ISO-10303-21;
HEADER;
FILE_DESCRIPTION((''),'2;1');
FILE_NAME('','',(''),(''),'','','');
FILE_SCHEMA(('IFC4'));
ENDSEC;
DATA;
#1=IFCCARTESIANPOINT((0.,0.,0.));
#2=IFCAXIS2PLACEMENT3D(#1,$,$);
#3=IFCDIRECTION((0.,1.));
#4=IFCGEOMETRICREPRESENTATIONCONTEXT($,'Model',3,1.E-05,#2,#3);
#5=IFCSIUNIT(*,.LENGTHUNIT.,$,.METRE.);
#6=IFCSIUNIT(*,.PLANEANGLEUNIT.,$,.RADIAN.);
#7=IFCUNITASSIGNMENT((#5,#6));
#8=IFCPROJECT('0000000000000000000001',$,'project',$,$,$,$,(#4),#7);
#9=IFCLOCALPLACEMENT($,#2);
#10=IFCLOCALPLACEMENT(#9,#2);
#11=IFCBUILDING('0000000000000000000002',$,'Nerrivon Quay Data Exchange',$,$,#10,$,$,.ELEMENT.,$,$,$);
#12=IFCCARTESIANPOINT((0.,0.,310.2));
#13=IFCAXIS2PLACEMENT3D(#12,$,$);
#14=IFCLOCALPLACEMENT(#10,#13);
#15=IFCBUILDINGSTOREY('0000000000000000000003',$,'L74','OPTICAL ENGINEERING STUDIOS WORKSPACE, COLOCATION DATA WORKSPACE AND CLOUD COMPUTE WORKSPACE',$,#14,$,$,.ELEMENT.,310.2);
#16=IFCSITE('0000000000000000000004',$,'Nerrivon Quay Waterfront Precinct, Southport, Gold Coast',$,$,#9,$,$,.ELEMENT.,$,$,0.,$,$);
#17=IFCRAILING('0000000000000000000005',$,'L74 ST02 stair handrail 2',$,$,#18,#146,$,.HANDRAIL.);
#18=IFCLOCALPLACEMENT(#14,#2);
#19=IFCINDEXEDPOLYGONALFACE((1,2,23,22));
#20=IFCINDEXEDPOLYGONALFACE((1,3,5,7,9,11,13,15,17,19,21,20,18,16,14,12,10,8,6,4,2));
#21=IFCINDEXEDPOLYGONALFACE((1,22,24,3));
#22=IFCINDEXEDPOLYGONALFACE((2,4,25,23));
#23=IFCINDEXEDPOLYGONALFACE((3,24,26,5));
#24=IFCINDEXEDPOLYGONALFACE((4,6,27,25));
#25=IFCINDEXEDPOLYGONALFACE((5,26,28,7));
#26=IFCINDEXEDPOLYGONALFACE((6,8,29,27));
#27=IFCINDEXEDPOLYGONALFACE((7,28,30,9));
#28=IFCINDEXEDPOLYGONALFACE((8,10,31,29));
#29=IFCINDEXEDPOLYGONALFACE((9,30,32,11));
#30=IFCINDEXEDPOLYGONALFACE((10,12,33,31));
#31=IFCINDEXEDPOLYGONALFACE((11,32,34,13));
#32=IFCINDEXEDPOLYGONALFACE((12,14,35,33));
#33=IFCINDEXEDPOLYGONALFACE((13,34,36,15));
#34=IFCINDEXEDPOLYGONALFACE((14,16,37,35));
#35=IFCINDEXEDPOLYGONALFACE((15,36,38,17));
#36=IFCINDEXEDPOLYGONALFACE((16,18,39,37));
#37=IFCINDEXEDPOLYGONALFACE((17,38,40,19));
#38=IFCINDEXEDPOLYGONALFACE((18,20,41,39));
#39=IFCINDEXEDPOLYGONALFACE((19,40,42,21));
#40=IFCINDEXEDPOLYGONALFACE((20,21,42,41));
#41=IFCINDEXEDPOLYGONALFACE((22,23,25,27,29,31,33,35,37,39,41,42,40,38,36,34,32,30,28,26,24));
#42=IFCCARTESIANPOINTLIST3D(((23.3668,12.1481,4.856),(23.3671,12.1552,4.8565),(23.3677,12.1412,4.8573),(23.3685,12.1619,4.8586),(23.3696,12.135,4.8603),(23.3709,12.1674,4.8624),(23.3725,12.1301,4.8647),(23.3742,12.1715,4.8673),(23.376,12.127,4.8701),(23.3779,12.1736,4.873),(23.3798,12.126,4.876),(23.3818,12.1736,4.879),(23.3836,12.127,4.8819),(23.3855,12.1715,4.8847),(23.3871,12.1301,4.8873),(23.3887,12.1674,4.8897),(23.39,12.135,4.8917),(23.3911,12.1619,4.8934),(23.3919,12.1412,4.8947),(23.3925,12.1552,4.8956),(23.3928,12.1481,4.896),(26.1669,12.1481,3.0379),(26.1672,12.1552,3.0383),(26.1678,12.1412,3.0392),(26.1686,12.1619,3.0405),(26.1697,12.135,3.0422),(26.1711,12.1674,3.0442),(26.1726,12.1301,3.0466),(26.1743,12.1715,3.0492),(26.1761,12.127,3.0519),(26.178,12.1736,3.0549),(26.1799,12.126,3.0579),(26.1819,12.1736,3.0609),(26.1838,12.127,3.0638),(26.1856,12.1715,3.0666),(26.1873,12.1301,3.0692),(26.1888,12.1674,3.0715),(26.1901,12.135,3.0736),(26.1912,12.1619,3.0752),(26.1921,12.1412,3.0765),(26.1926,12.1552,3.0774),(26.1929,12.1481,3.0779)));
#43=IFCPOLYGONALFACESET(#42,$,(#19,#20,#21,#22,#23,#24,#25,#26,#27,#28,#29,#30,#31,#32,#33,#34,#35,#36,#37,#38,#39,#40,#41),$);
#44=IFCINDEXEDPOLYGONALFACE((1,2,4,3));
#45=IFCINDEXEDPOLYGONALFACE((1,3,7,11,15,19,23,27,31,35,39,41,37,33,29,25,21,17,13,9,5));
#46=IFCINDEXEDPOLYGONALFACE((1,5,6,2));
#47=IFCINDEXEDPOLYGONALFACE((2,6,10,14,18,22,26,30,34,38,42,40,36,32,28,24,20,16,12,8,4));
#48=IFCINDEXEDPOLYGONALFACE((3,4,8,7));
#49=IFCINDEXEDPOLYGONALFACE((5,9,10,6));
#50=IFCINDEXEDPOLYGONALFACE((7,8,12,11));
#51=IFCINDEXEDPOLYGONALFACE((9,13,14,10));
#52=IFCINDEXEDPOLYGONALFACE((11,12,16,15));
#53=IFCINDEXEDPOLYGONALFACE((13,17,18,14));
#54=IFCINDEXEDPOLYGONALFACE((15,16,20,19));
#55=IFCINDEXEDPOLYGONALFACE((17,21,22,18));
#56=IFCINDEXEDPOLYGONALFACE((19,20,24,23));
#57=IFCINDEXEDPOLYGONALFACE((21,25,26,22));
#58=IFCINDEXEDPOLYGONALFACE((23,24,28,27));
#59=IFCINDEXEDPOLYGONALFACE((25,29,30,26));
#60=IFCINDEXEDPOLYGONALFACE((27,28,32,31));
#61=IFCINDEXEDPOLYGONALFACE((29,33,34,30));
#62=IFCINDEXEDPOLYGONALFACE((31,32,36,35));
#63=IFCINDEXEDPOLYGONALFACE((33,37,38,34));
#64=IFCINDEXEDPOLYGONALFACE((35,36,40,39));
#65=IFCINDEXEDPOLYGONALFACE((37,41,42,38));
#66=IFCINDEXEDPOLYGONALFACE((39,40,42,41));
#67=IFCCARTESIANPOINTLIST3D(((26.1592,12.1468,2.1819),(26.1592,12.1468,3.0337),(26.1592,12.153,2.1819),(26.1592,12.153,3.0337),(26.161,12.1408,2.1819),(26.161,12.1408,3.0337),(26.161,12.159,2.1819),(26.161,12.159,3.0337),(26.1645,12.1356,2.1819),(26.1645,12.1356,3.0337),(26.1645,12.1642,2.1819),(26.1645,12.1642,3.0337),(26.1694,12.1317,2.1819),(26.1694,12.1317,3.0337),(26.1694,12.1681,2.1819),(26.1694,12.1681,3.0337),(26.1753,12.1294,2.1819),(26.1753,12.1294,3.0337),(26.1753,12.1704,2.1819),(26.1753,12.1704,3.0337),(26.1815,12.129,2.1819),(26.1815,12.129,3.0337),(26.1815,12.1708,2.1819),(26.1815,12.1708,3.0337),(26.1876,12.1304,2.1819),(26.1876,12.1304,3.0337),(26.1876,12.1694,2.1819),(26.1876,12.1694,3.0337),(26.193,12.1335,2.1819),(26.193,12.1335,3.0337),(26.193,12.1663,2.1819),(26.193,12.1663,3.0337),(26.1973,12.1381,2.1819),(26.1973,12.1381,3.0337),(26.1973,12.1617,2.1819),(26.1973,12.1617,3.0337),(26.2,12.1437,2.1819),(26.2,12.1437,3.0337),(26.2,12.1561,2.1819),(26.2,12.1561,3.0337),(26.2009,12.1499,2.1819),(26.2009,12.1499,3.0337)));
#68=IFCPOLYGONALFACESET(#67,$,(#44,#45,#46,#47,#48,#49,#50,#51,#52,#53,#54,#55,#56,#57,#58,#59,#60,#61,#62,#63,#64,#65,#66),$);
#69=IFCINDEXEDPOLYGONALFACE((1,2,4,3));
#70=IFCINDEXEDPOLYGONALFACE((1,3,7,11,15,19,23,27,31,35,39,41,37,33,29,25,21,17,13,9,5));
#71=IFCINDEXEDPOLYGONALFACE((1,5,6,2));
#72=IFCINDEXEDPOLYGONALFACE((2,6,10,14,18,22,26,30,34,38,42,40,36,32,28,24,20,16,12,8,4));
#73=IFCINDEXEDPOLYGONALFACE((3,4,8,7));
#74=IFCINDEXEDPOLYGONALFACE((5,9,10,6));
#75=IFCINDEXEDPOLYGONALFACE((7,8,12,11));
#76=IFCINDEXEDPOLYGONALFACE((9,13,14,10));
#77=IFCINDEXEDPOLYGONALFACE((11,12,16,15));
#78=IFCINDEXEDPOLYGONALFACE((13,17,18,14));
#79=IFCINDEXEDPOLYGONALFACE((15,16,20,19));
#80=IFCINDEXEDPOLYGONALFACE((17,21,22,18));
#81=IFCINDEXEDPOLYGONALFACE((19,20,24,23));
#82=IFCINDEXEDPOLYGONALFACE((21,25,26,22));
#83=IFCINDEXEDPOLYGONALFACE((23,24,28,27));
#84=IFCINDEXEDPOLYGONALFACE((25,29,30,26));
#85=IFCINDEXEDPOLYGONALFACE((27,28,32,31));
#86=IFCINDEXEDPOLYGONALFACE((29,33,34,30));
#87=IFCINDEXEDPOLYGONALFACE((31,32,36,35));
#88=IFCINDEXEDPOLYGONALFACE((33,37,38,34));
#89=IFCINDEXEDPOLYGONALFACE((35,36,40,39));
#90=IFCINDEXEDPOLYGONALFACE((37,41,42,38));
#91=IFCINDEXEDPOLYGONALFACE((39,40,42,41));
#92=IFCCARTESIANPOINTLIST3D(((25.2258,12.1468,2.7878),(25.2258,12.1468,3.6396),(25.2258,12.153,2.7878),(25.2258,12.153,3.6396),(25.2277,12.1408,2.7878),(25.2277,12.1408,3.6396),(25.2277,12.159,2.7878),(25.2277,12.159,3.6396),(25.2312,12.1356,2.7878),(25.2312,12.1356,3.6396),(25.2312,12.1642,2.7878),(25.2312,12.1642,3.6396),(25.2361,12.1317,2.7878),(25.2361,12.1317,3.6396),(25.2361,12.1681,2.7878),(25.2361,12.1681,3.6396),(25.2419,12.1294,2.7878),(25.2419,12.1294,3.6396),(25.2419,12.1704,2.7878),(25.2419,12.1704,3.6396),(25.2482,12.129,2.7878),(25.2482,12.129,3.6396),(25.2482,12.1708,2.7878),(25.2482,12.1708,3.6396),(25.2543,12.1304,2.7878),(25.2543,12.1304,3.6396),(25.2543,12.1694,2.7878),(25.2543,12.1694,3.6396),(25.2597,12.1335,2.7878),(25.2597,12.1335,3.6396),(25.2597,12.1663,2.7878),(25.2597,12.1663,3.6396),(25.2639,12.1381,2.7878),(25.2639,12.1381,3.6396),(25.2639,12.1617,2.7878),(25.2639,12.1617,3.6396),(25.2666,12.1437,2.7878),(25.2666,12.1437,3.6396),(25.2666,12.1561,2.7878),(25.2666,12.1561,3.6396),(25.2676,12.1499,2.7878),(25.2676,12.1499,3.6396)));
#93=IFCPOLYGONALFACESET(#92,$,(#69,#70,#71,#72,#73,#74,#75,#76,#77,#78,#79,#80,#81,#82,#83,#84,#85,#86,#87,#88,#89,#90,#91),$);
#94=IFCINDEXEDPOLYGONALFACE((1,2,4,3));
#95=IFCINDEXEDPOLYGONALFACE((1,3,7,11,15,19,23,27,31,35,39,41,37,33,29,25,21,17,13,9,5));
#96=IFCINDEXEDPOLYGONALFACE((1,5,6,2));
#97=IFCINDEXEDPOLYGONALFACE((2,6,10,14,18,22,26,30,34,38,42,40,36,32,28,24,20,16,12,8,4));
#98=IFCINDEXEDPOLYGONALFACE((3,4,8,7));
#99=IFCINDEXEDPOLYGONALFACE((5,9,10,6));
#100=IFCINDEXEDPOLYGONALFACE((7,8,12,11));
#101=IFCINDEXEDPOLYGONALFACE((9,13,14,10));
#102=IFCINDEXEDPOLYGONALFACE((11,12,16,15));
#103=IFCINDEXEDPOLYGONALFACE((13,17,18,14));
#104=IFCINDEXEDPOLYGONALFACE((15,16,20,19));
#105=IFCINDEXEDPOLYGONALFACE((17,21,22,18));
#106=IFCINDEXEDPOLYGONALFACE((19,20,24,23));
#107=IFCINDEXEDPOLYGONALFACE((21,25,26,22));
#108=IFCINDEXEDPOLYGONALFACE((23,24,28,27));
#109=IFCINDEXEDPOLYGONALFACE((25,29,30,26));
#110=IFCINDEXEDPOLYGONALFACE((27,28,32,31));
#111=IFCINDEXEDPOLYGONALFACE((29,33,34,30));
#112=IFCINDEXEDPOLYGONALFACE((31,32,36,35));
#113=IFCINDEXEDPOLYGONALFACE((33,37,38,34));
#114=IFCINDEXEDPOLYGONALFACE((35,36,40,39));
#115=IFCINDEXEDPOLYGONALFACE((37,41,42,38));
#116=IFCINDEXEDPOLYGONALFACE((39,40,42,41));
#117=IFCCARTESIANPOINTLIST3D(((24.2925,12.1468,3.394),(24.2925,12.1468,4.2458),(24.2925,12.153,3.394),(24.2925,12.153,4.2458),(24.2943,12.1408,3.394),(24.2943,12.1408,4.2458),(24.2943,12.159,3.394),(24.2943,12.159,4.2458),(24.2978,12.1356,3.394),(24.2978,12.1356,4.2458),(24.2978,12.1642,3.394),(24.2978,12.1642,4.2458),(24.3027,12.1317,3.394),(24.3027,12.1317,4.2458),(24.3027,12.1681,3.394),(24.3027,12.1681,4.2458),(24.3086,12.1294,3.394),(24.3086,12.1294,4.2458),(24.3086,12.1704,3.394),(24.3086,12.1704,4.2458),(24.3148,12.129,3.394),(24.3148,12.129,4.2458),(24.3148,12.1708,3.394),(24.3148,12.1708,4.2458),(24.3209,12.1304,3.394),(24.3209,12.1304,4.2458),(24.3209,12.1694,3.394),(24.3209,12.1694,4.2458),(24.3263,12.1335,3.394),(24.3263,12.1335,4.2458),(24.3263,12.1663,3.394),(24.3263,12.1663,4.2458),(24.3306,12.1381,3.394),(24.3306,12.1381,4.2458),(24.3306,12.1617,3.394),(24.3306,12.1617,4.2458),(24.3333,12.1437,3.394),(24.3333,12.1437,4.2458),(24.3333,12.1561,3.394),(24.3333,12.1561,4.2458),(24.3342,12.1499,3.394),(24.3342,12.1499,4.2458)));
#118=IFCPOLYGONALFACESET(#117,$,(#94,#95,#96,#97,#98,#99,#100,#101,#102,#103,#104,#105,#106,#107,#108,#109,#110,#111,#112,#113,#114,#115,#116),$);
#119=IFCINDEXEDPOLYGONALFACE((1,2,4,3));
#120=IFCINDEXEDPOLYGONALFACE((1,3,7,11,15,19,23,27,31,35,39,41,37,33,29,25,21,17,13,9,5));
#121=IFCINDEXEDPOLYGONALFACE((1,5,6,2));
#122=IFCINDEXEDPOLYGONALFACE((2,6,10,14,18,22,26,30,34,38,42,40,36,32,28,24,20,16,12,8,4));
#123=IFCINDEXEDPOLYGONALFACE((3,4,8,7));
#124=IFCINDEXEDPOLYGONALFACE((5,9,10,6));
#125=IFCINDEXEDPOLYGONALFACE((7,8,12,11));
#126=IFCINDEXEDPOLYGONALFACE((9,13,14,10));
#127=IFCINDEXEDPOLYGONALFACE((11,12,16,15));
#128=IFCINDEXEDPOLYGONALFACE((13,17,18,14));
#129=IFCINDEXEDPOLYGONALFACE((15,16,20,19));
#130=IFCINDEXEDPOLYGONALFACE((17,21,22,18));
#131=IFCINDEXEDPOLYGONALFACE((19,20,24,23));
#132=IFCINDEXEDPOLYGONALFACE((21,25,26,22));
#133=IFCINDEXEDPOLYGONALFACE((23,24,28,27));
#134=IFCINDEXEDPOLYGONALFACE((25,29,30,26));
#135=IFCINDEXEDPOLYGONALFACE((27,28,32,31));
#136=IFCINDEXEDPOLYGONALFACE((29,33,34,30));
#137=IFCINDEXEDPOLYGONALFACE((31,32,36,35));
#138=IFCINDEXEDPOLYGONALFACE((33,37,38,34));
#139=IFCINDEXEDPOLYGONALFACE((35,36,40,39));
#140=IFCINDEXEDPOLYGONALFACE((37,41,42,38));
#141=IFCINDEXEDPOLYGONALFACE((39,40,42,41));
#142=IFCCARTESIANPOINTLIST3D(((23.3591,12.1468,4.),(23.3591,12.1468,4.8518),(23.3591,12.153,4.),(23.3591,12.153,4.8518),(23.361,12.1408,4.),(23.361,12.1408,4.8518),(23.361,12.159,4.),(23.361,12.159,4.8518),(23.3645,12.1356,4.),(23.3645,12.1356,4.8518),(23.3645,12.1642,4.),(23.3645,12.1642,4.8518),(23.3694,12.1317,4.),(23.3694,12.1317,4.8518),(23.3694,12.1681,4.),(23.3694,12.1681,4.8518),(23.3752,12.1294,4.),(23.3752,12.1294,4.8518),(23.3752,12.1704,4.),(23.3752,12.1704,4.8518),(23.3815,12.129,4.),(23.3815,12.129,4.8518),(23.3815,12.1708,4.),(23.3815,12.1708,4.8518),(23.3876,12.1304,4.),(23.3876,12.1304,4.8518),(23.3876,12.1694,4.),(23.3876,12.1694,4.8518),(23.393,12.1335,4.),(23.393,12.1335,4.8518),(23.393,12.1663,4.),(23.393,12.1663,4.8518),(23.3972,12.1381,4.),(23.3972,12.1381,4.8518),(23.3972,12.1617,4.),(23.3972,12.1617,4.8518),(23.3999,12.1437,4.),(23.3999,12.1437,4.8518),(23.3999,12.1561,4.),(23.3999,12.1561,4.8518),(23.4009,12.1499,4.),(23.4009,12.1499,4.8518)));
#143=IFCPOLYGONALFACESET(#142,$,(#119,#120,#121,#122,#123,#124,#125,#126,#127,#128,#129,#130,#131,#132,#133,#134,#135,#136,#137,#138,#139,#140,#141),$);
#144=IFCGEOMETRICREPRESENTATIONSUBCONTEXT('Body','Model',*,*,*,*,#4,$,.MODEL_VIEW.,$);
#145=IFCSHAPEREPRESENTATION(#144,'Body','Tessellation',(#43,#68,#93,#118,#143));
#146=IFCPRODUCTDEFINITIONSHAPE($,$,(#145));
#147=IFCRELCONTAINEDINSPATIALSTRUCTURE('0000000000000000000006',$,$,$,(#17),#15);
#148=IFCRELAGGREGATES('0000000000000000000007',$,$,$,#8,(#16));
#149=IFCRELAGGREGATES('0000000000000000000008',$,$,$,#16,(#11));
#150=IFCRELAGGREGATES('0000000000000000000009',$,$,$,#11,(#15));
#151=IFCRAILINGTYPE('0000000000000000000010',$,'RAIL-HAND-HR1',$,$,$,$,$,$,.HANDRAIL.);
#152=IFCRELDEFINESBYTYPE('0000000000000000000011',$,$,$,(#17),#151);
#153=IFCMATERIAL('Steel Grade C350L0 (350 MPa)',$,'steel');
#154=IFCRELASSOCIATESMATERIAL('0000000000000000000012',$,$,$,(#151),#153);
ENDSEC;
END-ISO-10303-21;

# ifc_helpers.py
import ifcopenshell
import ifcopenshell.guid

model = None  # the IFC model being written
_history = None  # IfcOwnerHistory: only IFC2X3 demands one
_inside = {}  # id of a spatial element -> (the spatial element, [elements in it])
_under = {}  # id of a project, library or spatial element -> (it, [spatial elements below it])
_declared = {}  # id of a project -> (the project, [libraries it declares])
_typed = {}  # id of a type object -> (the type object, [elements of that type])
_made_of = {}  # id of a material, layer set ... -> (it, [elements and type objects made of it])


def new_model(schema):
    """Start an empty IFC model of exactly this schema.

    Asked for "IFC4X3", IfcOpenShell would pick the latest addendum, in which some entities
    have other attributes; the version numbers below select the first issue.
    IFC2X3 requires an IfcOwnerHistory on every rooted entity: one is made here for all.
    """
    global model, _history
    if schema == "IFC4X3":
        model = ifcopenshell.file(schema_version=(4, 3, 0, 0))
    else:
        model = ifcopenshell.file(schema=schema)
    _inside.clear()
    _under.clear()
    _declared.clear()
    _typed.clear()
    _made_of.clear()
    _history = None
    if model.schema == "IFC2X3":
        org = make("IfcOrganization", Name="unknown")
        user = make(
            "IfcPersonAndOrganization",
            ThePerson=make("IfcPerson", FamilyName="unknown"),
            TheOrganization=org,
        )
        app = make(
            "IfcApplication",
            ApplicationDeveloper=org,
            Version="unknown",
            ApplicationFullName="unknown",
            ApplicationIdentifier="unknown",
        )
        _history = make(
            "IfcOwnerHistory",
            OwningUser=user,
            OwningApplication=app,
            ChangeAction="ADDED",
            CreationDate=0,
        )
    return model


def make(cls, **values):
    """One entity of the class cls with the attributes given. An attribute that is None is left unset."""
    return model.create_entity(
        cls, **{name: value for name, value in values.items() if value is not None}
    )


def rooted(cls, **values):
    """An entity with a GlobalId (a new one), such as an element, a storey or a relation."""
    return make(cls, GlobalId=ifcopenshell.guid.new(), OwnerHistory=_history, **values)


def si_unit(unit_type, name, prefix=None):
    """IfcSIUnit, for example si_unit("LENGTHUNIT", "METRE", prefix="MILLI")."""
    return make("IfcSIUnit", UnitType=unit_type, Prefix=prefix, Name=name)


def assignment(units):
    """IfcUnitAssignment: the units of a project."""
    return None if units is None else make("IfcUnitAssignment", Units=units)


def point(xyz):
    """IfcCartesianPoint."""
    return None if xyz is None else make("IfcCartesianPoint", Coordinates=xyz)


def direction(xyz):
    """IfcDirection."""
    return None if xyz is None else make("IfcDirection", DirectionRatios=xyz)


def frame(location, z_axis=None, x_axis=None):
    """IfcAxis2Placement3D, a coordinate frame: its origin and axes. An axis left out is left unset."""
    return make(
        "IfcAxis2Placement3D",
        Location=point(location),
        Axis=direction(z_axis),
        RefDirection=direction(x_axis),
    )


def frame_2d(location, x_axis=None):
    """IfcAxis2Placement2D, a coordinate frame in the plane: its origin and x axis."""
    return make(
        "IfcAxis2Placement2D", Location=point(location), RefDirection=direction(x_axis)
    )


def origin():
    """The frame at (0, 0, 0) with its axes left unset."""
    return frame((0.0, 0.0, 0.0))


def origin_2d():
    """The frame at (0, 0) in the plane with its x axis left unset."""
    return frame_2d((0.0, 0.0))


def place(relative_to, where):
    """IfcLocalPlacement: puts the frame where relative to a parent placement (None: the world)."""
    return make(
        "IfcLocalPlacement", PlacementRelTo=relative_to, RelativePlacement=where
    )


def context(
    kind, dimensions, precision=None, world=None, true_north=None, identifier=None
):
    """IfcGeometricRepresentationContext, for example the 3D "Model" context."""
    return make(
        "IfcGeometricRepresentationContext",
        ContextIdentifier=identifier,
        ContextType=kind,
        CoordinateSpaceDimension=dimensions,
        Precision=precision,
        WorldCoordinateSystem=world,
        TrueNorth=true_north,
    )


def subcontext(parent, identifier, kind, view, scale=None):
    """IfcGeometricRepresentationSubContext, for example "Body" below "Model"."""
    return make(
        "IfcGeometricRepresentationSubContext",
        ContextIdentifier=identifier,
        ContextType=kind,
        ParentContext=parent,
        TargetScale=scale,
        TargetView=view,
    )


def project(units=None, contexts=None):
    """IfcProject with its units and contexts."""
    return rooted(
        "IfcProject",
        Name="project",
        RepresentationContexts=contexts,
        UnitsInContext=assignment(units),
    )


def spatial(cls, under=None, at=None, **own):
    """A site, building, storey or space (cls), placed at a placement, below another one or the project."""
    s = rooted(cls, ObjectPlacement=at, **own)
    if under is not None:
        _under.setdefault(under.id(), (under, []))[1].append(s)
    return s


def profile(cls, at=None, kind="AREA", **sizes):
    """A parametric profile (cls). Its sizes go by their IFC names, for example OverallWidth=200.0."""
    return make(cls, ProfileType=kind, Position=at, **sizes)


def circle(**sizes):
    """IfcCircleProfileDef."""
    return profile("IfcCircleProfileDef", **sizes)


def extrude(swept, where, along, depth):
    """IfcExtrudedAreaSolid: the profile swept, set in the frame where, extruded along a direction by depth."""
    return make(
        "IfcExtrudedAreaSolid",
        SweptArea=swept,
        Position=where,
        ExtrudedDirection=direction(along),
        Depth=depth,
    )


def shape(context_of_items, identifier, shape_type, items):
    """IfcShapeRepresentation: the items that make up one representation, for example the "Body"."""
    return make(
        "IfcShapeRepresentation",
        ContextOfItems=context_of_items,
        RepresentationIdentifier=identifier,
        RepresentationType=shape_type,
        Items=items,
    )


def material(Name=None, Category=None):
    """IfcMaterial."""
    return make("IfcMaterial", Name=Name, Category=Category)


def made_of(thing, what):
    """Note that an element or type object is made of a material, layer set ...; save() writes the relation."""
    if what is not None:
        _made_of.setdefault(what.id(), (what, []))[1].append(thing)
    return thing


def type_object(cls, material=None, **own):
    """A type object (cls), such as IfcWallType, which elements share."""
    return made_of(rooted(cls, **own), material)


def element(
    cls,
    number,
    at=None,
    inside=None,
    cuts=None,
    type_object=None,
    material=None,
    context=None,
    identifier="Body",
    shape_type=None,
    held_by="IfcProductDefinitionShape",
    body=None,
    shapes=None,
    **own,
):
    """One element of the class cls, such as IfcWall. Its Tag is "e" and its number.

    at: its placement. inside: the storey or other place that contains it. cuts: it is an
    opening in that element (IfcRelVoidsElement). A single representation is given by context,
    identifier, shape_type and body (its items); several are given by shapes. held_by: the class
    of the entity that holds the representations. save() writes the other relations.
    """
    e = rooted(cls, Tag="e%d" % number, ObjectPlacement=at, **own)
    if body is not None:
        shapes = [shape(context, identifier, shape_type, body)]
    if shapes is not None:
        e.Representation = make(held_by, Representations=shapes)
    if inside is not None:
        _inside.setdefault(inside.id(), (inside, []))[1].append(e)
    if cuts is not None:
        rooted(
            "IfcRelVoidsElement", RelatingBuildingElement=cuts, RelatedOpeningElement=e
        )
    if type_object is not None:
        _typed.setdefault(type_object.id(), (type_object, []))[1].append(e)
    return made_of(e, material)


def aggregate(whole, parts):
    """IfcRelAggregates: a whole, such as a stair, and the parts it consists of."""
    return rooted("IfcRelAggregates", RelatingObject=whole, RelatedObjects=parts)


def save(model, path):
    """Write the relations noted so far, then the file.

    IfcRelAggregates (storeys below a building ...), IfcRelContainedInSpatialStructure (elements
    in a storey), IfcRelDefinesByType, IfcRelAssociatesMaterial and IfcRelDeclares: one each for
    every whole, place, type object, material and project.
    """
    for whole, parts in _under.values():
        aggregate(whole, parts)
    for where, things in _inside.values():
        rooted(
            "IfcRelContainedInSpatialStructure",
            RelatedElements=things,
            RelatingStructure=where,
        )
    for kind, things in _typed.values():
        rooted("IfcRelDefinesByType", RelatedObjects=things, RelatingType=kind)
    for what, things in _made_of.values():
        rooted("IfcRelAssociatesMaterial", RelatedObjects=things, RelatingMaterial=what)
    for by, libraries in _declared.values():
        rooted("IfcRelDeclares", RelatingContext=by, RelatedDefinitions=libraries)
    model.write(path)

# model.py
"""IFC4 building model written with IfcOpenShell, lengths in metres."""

from ifc_helpers import new_model, si_unit, direction, frame, origin, origin_2d, place, context, subcontext, project, spatial, circle, extrude, material, type_object, element, save


model = new_model("IFC4")

# Units and contexts
model_context = context("Model", 3, precision=1e-05, world=origin(), true_north=direction((0.0, 1.0)))
body_context = subcontext(model_context, "Body", "Model", "MODEL_VIEW")
ifc_project = project(units=[si_unit("LENGTHUNIT", "METRE"), si_unit("PLANEANGLEUNIT", "RADIAN")], contexts=[model_context])

# Site, building, storey
site_placement = place(None, origin())
site = spatial("IfcSite", under=ifc_project, at=site_placement, Name="Nerrivon Quay Waterfront Precinct, Southport, Gold Coast", CompositionType="ELEMENT", RefElevation=0.0)
building_placement = place(site_placement, origin())
building = spatial("IfcBuilding", under=site, at=building_placement, Name="Nerrivon Quay Data Exchange", CompositionType="ELEMENT")
storey_placement = place(building_placement, frame((0.0, 0.0, 310.2)))
storey = spatial("IfcBuildingStorey", under=building, at=storey_placement, Name="L74", Description="OPTICAL ENGINEERING STUDIOS WORKSPACE, COLOCATION DATA WORKSPACE AND CLOUD COMPUTE WORKSPACE", CompositionType="ELEMENT", Elevation=310.2)

# Railing
ifc_material_1 = material(Name="Steel Grade C350L0 (350 MPa)", Category="steel")
railing_type_1 = type_object("IfcRailingType", Name="RAIL-HAND-HR1", PredefinedType="HANDRAIL", material=ifc_material_1)
railing_1_placement = place(storey_placement, frame((26.1799, 12.1499, 2.1819)))
element("IfcRailing", 1, at=railing_1_placement, inside=storey, type_object=railing_type_1, Name="L74 ST02 stair handrail 2", PredefinedType="HANDRAIL", context=body_context, shape_type="SweptSolid", body=[
    extrude(circle(Radius=0.0239, at=origin_2d()), frame((0.0, 0.0, 0.876), z_axis=(-0.838706, 0.0, 0.544585), x_axis=(0.0, -1.0, 0.0)), (0.0, 0.0, 1.0), 3.3386),
    extrude(circle(Radius=0.021, at=origin_2d()), origin(), (0.0, 0.0, 1.0), 0.8518),
    extrude(circle(Radius=0.021, at=origin_2d()), frame((-0.9333, 0.0, 0.606)), (0.0, 0.0, 1.0), 0.8518),
    extrude(circle(Radius=0.021, at=origin_2d()), frame((-1.8667, 0.0, 1.2122)), (0.0, 0.0, 1.0), 0.8518),
    extrude(circle(Radius=0.021, at=origin_2d()), frame((-2.8, 0.0, 1.8181)), (0.0, 0.0, 1.0), 0.8518),
])

save(model, "model.ifc")
